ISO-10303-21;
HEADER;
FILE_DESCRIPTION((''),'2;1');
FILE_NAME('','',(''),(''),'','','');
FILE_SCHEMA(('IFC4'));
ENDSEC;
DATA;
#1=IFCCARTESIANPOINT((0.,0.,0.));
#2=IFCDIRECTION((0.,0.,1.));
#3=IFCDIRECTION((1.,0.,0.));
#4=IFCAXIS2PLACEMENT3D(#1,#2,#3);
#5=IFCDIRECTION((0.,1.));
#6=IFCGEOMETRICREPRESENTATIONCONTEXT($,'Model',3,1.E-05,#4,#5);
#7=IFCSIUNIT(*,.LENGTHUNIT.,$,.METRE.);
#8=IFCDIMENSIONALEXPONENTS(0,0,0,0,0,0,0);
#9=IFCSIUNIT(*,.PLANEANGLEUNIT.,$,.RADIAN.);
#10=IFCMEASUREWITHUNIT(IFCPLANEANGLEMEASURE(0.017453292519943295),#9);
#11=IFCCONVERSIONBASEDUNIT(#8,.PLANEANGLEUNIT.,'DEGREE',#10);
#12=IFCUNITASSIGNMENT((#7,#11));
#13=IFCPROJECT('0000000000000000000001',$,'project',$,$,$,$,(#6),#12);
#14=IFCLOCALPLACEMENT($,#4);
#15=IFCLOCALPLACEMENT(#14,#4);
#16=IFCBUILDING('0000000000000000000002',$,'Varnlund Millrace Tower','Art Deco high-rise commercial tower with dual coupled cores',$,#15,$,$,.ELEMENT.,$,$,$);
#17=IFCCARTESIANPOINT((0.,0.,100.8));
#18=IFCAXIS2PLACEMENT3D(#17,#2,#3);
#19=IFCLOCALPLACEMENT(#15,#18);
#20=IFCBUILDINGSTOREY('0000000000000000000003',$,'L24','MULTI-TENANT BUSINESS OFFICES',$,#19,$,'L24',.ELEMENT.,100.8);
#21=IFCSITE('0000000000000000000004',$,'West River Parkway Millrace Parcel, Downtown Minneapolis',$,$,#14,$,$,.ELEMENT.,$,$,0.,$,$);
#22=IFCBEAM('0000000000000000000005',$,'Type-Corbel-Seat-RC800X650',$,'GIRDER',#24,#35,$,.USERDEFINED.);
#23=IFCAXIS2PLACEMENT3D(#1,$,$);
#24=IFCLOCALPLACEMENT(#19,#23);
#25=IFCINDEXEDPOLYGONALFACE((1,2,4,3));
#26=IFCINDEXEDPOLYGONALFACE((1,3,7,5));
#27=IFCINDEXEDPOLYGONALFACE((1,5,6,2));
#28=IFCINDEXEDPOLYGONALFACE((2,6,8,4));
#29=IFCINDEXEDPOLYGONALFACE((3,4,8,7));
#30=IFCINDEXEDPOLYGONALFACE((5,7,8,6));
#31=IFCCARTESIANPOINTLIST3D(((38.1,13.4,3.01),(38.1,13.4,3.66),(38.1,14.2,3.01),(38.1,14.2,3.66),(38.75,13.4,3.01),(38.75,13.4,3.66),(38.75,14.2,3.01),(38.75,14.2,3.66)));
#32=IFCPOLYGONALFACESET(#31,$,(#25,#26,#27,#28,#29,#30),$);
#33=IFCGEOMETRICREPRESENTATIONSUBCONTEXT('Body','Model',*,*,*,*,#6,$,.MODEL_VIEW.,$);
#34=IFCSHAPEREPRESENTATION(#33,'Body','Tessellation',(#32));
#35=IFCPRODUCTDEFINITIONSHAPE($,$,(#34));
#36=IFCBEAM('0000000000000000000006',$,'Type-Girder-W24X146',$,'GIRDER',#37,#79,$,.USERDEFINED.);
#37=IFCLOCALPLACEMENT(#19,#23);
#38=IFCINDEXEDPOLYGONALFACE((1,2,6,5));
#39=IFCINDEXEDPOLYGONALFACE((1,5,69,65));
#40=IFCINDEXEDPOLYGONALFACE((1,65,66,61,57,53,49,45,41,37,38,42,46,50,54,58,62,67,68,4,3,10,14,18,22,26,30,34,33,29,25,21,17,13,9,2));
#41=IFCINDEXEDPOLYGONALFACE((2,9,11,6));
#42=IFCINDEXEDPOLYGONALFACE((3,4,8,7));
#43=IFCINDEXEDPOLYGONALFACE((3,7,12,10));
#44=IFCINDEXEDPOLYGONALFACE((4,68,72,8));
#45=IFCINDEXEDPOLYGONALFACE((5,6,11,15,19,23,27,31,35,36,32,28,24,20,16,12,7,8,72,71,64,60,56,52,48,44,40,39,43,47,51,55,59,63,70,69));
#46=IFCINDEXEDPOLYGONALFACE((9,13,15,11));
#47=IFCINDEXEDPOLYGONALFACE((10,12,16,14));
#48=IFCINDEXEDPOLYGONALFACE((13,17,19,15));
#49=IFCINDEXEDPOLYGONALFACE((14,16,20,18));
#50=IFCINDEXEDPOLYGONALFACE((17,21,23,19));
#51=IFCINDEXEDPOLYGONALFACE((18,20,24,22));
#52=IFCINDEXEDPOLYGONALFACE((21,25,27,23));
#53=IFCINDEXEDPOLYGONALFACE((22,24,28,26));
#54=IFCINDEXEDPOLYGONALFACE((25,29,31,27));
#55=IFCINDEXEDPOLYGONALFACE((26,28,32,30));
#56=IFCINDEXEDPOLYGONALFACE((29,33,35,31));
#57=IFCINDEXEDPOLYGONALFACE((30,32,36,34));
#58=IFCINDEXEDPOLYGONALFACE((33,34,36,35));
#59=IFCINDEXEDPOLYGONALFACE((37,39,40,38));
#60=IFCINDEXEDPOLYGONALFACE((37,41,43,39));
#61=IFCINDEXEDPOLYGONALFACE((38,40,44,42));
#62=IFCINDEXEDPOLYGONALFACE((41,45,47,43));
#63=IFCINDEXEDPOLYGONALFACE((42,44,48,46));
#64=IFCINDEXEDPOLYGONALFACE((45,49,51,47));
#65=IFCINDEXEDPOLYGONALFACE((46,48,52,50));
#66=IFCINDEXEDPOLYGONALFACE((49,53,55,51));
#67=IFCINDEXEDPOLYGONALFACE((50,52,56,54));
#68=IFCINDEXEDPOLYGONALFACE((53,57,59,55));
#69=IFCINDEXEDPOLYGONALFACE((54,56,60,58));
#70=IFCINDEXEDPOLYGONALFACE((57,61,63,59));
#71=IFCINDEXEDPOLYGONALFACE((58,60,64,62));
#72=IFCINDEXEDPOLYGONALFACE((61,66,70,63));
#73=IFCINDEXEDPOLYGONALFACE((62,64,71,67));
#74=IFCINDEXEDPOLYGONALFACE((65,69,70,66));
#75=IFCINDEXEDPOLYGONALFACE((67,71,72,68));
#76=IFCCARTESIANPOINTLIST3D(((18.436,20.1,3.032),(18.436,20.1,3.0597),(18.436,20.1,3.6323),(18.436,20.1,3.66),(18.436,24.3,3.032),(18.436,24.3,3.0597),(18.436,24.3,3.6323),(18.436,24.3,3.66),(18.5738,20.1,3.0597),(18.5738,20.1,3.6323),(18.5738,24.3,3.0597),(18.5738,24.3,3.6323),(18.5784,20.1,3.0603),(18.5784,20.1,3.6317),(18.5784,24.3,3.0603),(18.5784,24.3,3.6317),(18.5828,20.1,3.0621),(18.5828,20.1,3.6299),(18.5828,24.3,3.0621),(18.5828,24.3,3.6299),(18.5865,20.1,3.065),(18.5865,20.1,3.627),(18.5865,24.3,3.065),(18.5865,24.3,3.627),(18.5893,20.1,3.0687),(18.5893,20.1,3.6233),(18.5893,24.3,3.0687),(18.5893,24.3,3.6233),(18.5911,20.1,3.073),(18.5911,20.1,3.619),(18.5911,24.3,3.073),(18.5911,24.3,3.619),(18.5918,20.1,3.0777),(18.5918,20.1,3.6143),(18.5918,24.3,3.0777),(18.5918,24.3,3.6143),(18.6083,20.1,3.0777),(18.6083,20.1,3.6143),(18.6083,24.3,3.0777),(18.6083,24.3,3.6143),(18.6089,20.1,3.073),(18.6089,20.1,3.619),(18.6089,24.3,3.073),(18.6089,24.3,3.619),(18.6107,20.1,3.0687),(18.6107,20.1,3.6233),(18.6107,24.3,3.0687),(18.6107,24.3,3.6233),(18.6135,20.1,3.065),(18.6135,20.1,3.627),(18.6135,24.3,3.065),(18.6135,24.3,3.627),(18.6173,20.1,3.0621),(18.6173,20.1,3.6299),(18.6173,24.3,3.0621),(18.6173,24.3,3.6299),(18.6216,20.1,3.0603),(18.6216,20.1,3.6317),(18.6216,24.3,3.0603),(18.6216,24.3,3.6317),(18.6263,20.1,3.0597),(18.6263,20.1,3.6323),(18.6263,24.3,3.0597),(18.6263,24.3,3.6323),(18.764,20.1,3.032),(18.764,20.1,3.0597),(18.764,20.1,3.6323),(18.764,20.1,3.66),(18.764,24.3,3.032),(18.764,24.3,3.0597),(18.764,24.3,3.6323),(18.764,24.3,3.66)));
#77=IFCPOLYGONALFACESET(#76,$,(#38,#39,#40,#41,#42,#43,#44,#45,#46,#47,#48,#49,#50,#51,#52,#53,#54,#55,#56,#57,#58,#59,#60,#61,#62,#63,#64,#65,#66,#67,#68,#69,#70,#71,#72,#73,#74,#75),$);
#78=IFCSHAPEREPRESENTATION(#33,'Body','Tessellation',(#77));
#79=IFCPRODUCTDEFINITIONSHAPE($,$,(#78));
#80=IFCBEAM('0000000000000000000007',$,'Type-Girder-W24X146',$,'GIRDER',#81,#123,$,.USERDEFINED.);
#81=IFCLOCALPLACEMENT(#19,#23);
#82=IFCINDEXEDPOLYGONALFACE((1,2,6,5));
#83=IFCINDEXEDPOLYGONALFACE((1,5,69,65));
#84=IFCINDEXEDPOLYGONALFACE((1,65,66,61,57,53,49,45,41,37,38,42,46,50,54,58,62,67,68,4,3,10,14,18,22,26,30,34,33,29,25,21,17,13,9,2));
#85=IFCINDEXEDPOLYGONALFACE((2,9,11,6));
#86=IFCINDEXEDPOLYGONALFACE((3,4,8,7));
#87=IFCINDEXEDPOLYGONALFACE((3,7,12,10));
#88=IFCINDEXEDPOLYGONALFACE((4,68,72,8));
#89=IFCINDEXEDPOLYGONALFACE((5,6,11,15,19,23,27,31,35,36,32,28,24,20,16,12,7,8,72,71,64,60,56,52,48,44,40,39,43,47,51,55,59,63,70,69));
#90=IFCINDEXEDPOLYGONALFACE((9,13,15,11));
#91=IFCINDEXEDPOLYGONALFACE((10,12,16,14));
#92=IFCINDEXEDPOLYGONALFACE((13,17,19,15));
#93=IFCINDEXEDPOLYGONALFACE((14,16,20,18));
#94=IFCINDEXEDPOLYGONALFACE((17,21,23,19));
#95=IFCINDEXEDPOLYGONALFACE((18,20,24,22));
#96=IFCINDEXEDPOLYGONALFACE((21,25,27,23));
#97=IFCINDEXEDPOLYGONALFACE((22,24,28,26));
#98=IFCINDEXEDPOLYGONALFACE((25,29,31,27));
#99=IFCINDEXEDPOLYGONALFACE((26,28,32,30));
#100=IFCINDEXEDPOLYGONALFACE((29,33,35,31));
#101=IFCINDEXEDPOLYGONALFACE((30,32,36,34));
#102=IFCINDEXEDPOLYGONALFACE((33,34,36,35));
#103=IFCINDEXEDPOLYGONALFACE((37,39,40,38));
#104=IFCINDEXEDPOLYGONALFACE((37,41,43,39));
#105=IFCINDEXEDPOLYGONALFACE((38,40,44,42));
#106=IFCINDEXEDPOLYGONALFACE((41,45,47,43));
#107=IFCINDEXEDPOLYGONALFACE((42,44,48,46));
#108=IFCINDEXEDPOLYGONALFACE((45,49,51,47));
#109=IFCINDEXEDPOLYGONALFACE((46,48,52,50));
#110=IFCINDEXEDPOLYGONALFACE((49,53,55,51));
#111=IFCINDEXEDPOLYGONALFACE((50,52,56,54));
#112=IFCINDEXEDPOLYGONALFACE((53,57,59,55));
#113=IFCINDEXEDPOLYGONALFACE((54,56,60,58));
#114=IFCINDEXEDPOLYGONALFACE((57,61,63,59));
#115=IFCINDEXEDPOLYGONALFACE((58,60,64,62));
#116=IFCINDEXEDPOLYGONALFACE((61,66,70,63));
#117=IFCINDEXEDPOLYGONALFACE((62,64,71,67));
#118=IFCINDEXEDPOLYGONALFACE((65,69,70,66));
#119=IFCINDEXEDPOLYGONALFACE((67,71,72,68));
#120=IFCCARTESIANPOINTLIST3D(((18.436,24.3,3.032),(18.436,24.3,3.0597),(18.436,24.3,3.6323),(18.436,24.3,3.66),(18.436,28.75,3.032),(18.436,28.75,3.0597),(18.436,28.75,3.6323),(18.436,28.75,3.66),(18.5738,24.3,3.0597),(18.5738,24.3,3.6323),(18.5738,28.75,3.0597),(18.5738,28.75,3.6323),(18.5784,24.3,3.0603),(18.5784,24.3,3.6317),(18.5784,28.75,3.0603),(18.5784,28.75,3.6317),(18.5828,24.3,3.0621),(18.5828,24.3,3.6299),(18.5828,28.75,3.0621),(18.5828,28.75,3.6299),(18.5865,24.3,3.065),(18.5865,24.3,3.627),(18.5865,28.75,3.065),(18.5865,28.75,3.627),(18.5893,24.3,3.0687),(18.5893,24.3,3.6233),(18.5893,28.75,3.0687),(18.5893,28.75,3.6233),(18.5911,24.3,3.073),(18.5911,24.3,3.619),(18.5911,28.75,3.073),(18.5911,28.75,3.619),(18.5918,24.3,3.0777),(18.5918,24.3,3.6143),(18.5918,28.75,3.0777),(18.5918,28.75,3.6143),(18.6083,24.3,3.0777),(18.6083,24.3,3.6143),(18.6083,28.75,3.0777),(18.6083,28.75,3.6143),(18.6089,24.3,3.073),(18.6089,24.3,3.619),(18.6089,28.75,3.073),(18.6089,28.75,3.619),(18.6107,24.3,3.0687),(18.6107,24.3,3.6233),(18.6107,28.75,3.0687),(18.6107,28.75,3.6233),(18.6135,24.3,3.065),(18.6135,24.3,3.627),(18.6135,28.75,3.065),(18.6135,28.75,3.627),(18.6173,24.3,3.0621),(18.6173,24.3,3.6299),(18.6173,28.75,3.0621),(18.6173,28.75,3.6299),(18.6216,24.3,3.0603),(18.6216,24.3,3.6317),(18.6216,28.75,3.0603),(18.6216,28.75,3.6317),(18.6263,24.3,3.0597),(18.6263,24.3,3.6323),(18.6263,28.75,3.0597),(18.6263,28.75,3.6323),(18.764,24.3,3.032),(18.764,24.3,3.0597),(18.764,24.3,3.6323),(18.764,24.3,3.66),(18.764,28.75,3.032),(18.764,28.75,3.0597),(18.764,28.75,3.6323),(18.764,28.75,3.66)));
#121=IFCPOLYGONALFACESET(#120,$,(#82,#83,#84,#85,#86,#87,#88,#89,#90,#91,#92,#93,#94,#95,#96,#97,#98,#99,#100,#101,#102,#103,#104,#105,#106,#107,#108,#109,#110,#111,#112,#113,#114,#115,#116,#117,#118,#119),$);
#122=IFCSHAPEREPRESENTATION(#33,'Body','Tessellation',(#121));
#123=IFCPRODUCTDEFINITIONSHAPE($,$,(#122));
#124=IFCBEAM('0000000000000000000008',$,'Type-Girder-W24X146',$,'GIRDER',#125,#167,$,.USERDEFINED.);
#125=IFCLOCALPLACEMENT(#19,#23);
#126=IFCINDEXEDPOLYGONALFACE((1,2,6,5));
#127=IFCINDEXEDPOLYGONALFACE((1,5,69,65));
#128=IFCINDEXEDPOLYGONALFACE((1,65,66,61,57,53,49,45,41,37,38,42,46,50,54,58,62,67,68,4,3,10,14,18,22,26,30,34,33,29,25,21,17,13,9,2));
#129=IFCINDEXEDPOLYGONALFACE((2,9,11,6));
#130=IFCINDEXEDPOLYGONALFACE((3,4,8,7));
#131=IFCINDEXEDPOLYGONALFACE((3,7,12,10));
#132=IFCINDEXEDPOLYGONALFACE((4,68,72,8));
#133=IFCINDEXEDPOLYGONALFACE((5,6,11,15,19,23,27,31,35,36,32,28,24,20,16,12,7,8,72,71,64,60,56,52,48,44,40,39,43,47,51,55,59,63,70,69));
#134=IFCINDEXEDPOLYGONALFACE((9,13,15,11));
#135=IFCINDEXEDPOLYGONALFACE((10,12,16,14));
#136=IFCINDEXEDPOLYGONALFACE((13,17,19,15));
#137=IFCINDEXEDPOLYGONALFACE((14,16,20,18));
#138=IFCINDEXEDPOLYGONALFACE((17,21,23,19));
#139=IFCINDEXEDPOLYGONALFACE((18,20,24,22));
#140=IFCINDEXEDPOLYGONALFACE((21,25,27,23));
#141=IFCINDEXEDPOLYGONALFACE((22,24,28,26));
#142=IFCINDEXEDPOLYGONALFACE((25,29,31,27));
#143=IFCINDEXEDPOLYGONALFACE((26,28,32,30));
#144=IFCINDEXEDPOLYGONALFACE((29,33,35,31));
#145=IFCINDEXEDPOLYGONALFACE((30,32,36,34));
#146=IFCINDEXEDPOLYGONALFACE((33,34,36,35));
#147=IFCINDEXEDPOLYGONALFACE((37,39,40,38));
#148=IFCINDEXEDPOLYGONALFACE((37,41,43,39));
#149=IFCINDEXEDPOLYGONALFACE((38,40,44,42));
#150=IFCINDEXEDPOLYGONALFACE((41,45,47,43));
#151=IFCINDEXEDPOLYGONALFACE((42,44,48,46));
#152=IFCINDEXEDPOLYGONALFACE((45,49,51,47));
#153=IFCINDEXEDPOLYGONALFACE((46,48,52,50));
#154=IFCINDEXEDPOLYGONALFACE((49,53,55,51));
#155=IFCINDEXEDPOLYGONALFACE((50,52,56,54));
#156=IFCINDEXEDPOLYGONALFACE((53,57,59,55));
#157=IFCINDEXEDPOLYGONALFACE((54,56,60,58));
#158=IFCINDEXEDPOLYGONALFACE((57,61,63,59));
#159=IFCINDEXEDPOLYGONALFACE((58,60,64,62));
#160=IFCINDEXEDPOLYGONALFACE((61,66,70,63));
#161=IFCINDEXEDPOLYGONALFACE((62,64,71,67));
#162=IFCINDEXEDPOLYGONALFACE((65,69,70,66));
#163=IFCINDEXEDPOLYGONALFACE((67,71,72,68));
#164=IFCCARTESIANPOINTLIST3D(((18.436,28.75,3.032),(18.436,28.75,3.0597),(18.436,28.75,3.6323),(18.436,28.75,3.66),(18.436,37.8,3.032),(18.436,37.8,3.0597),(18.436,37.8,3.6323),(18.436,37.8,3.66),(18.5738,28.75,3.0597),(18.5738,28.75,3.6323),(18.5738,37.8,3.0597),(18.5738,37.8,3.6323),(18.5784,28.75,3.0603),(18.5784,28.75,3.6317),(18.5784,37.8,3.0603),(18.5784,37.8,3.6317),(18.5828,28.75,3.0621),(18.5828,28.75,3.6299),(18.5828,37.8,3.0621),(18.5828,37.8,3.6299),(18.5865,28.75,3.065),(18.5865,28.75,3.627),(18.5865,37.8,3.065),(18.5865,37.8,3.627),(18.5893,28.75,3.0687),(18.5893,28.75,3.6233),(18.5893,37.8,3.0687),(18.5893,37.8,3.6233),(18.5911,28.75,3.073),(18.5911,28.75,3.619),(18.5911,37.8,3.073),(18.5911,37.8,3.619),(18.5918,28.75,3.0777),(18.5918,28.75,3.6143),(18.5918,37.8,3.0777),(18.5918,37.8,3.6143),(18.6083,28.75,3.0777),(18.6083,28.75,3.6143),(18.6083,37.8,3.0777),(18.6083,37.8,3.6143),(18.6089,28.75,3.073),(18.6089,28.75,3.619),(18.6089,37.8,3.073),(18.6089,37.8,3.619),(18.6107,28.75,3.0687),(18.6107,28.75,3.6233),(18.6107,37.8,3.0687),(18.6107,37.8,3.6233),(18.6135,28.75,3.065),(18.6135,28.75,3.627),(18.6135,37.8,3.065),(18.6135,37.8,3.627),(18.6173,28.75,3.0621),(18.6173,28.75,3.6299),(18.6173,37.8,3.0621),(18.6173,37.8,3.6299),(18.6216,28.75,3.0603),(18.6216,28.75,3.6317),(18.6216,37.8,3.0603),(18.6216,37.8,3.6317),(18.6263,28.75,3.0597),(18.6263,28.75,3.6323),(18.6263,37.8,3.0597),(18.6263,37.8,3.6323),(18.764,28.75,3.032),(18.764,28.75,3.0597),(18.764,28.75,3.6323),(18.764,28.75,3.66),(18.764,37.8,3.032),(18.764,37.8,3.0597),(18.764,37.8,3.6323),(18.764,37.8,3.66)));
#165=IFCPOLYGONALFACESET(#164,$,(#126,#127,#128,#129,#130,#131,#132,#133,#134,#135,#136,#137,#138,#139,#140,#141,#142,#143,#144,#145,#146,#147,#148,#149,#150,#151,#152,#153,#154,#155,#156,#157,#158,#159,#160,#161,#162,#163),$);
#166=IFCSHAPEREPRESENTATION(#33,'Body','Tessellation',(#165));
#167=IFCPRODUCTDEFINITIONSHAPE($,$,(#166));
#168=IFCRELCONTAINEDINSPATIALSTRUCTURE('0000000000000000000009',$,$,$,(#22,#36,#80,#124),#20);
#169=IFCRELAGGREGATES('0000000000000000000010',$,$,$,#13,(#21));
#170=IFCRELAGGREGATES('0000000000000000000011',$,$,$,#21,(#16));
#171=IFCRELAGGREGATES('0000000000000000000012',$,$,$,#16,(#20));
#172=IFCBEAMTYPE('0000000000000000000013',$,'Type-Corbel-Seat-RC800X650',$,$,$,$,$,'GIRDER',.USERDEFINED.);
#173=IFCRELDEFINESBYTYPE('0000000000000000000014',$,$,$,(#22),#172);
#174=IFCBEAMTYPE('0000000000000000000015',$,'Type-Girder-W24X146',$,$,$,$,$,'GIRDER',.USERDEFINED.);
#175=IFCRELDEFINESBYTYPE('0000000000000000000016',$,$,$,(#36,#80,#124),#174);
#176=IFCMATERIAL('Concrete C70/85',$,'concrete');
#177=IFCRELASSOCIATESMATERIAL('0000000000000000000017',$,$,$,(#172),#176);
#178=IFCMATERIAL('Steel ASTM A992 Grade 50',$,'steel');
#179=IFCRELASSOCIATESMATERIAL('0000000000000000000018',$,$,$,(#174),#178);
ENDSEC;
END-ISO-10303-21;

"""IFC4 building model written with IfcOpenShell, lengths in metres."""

from ifc_helpers import new_model, entity, si_unit, converted_unit, direction, frame, origin_with_axes, origin_2d_with_axis, place, context, subcontext, project, spatial, rectangle, i_section, extrude, material, material_profile, profile_set, type_object, element, save


model = new_model("IFC4")

# Units and contexts
model_context = context("Model", 3, precision=1e-05, world=origin_with_axes(), true_north=direction((0.0, 1.0)))
body_context = subcontext(model_context, "Body", "Model", "MODEL_VIEW")
ifc_project = project(units=[si_unit("LENGTHUNIT", "METRE"), converted_unit("PLANEANGLEUNIT", "DEGREE", entity("IfcPlaneAngleMeasure", 0.017453292519943295), si_unit("PLANEANGLEUNIT", "RADIAN"), dimensions=[0, 0, 0, 0, 0, 0, 0])], contexts=[model_context])

# Site, building, storey
site_placement = place(None, origin_with_axes())
site = spatial("IfcSite", under=ifc_project, at=site_placement, Name="West River Parkway Millrace Parcel, Downtown Minneapolis", CompositionType="ELEMENT", RefElevation=0.0)
building_placement = place(site_placement, origin_with_axes())
building = spatial("IfcBuilding", under=site, at=building_placement, Name="Varnlund Millrace Tower", Description="Art Deco high-rise commercial tower with dual coupled cores", CompositionType="ELEMENT")
storey_placement = place(building_placement, frame((0.0, 0.0, 100.8), z_axis=(0.0, 0.0, 1.0), x_axis=(1.0, 0.0, 0.0)))
storey = spatial("IfcBuildingStorey", under=building, at=storey_placement, Name="L24", Description="MULTI-TENANT BUSINESS OFFICES", LongName="L24", CompositionType="ELEMENT", Elevation=100.8)

# Beams
ifc_material_1 = material(Name="Concrete C70/85", Category="concrete")
ifc_material_profile_1 = material_profile(ifc_material_1, rectangle(XDim=0.8, YDim=0.65, at=origin_2d_with_axis()), Name="Concrete C70/85")
ifc_profile_set_1 = profile_set([ifc_material_profile_1], Name="Concrete C70/85")
beam_type_1 = type_object("IfcBeamType", Name="Type-Corbel-Seat-RC800X650", ElementType="GIRDER", PredefinedType="USERDEFINED", material=ifc_profile_set_1)
beam_1_placement = place(storey_placement, frame((38.1, 13.8, 3.335), z_axis=(1.0, 0.0, 0.0), x_axis=(0.0, 1.0, 0.0)))
element("IfcBeam", 1, at=beam_1_placement, inside=storey, type_object=beam_type_1, Name="Type-Corbel-Seat-RC800X650", ObjectType="GIRDER", PredefinedType="USERDEFINED", context=body_context, shape_type="SweptSolid", body=[
    extrude(rectangle(XDim=0.8, YDim=0.65, at=origin_2d_with_axis()), origin_with_axes(), (0.0, 0.0, 1.0), 0.65),
])
ifc_material_2 = material(Name="Steel ASTM A992 Grade 50", Category="steel")
ifc_material_profile_2 = material_profile(ifc_material_2, i_section(OverallWidth=0.328, OverallDepth=0.628, WebThickness=0.0165, FlangeThickness=0.0277, FilletRadius=0.018, at=origin_2d_with_axis()), Name="Steel ASTM A992 Grade 50")
ifc_profile_set_2 = profile_set([ifc_material_profile_2], Name="Steel ASTM A992 Grade 50")
beam_type_2 = type_object("IfcBeamType", Name="Type-Girder-W24X146", ElementType="GIRDER", PredefinedType="USERDEFINED", material=ifc_profile_set_2)
beam_2_placement = place(storey_placement, frame((18.6, 20.1, 3.346), z_axis=(0.0, 1.0, 0.0), x_axis=(-1.0, 0.0, 0.0)))
element("IfcBeam", 2, at=beam_2_placement, inside=storey, type_object=beam_type_2, Name="Type-Girder-W24X146", ObjectType="GIRDER", PredefinedType="USERDEFINED", context=body_context, shape_type="SweptSolid", body=[
    extrude(i_section(OverallWidth=0.328, OverallDepth=0.628, WebThickness=0.0165, FlangeThickness=0.0277, FilletRadius=0.018, at=origin_2d_with_axis()), origin_with_axes(), (0.0, 0.0, 1.0), 4.2),
])
beam_3_placement = place(storey_placement, frame((18.6, 24.3, 3.346), z_axis=(0.0, 1.0, 0.0), x_axis=(-1.0, 0.0, 0.0)))
element("IfcBeam", 3, at=beam_3_placement, inside=storey, type_object=beam_type_2, Name="Type-Girder-W24X146", ObjectType="GIRDER", PredefinedType="USERDEFINED", context=body_context, shape_type="SweptSolid", body=[
    extrude(i_section(OverallWidth=0.328, OverallDepth=0.628, WebThickness=0.0165, FlangeThickness=0.0277, FilletRadius=0.018, at=origin_2d_with_axis()), origin_with_axes(), (0.0, 0.0, 1.0), 4.45),
])
beam_4_placement = place(storey_placement, frame((18.6, 28.75, 3.346), z_axis=(0.0, 1.0, 0.0), x_axis=(-1.0, 0.0, 0.0)))
element("IfcBeam", 4, at=beam_4_placement, inside=storey, type_object=beam_type_2, Name="Type-Girder-W24X146", ObjectType="GIRDER", PredefinedType="USERDEFINED", context=body_context, shape_type="SweptSolid", body=[
    extrude(i_section(OverallWidth=0.328, OverallDepth=0.628, WebThickness=0.0165, FlangeThickness=0.0277, FilletRadius=0.018, at=origin_2d_with_axis()), origin_with_axes(), (0.0, 0.0, 1.0), 9.05),
])

save(model, "model.ifc")
